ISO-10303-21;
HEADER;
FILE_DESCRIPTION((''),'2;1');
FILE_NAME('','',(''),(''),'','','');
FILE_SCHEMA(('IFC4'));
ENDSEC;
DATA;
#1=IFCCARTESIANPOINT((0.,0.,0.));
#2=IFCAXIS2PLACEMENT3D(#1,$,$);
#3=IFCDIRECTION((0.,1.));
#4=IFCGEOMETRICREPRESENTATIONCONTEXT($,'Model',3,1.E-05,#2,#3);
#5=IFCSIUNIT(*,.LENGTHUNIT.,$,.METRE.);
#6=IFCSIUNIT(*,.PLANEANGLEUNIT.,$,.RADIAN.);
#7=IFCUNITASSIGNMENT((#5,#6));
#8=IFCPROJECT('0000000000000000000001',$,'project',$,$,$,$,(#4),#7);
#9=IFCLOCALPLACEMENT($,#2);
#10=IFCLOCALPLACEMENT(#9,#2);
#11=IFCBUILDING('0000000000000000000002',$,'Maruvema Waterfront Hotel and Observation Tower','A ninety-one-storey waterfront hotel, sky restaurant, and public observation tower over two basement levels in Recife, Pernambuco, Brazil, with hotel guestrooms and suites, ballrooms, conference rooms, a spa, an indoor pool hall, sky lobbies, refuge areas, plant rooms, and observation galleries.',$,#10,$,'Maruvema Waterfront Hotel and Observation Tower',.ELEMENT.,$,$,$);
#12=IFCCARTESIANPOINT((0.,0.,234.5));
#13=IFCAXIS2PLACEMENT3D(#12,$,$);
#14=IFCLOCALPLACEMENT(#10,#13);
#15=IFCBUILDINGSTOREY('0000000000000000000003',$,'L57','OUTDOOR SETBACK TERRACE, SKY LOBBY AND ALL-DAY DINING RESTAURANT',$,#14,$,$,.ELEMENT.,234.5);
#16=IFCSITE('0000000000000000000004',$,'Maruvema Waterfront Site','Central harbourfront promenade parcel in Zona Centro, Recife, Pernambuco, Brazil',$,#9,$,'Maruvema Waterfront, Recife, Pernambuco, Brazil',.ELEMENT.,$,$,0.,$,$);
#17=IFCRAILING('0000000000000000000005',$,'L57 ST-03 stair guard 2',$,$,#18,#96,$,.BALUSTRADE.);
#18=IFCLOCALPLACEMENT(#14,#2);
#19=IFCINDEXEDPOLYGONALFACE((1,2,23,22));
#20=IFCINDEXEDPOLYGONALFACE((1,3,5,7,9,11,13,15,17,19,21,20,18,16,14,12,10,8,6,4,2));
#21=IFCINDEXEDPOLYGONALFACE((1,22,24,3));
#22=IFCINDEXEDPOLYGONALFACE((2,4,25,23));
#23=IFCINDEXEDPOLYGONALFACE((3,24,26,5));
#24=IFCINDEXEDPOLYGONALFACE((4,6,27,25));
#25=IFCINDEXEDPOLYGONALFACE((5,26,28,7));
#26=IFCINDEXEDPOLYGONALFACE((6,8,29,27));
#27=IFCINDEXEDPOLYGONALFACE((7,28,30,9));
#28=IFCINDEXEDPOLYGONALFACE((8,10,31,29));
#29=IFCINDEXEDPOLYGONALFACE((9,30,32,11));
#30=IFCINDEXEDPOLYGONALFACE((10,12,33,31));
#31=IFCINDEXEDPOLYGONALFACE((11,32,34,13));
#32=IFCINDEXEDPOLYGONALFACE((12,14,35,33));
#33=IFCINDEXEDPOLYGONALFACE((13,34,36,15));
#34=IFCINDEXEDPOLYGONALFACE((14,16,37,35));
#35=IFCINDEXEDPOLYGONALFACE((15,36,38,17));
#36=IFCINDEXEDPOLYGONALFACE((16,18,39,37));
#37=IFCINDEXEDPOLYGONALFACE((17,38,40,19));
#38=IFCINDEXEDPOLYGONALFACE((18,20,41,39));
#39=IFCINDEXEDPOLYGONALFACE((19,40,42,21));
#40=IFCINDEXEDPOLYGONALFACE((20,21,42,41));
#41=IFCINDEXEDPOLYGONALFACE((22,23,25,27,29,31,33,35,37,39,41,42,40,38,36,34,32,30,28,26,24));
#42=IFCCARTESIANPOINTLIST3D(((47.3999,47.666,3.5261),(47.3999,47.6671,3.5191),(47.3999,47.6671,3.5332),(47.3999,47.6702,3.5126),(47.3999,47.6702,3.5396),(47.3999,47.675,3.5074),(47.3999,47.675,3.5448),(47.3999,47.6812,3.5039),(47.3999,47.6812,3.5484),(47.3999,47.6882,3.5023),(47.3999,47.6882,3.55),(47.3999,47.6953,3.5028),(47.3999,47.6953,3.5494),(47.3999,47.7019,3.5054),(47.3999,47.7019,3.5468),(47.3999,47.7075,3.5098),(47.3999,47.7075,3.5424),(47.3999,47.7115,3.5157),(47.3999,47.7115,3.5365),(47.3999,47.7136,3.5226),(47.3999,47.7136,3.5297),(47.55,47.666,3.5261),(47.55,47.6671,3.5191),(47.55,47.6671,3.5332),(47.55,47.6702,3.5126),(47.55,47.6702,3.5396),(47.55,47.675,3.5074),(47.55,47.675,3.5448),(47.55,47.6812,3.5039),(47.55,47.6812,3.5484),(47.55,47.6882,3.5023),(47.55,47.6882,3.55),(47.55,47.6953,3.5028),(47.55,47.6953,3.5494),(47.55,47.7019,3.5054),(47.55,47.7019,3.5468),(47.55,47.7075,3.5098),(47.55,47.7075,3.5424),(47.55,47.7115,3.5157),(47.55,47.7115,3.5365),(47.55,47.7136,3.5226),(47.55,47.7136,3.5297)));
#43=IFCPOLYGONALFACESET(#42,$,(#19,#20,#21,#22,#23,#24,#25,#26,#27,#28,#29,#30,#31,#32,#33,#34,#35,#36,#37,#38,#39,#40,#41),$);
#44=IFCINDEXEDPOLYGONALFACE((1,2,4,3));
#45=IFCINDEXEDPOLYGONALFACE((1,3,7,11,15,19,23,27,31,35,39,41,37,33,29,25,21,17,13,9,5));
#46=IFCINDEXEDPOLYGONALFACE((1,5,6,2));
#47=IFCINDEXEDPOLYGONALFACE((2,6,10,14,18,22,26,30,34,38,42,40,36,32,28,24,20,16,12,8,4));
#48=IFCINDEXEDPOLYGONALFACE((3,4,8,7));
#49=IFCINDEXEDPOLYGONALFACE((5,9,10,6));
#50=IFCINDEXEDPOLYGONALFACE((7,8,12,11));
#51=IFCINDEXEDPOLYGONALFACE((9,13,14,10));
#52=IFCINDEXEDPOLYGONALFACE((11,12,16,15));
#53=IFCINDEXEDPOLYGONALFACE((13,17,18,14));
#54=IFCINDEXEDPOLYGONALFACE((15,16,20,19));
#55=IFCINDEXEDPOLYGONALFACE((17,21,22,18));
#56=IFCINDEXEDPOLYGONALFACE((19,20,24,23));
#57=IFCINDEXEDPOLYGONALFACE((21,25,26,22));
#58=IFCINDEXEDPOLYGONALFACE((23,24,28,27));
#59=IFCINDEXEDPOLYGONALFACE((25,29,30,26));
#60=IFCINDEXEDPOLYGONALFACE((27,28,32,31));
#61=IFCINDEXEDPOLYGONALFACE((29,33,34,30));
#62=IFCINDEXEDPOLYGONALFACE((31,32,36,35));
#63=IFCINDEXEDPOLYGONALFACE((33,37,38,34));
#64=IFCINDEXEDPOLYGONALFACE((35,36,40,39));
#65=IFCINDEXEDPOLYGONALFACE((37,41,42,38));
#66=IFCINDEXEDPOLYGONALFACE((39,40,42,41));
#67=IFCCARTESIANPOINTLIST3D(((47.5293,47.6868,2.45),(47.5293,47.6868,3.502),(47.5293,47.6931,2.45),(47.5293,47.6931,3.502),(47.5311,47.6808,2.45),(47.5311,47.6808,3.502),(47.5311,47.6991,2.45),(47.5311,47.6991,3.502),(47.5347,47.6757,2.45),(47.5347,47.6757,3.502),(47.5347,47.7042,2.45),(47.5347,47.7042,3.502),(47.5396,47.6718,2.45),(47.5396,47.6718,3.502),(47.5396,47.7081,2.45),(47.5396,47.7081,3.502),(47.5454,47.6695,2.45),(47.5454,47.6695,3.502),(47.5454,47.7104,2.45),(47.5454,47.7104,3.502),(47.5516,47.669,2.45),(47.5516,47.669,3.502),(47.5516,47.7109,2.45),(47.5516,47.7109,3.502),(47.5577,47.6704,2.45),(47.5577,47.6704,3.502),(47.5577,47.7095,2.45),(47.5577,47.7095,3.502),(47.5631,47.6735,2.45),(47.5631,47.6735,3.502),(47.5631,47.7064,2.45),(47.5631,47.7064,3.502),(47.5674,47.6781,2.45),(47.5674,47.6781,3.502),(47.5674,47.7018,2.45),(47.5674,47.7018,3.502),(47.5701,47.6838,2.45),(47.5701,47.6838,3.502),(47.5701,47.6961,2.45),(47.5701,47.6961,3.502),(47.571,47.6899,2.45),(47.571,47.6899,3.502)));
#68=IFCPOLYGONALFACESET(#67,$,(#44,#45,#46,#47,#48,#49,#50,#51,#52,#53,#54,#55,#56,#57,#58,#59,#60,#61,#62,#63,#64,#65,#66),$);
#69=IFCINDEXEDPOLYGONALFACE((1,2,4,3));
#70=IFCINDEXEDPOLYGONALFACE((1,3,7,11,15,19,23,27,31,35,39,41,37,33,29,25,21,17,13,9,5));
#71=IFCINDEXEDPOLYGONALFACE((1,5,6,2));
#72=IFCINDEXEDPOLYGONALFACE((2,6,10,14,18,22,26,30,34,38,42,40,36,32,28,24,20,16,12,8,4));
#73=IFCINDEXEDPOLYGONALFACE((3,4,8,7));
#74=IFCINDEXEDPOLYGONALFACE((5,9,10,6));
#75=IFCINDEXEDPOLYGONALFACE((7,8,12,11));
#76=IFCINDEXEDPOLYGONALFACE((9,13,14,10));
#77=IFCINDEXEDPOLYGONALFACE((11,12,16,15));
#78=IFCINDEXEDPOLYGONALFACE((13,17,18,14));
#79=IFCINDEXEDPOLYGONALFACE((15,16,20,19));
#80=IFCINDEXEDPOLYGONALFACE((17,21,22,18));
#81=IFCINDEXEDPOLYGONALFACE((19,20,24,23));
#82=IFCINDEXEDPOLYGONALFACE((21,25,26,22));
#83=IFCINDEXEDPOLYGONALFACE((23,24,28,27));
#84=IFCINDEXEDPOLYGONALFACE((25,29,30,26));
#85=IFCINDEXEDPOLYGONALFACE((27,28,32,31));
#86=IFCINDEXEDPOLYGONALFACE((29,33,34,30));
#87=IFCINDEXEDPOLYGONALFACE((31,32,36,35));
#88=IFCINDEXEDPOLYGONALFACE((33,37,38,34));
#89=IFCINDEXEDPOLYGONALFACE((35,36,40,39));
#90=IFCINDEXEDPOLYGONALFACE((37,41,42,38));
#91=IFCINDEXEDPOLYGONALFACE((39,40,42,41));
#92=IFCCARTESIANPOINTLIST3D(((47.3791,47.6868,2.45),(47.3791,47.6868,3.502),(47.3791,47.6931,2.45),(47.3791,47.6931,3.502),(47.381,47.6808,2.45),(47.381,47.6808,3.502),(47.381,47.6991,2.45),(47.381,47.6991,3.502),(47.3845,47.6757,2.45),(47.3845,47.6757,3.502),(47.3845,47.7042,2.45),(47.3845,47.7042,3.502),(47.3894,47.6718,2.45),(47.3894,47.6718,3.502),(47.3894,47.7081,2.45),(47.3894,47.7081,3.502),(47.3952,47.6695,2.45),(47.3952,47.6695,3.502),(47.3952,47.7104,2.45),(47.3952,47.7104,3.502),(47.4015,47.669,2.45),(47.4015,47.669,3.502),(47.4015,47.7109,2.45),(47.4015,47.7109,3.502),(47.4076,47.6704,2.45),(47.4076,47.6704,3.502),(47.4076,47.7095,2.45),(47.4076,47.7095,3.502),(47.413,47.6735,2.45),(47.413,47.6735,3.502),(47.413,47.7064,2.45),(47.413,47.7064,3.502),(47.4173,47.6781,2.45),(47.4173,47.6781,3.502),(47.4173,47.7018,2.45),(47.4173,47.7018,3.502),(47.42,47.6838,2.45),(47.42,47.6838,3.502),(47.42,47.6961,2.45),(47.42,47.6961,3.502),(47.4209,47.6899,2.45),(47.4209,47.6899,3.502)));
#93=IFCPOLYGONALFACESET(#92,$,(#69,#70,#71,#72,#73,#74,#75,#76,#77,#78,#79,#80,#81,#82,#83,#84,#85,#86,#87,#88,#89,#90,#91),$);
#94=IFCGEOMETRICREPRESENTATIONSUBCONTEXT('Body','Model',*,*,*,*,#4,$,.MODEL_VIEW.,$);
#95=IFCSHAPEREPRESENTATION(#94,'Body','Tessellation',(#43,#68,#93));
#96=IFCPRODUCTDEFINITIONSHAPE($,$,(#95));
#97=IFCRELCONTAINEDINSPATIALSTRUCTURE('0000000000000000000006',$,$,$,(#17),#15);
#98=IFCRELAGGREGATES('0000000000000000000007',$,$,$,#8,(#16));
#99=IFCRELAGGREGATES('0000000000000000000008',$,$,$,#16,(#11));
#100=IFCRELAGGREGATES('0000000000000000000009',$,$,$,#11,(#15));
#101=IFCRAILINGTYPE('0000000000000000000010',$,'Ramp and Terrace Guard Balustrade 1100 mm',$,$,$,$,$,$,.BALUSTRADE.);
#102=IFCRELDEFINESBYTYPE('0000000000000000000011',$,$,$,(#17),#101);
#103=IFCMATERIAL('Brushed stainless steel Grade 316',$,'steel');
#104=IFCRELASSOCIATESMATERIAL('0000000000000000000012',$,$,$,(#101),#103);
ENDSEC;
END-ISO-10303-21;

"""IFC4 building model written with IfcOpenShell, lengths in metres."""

from ifc_helpers import new_model, si_unit, direction, frame, origin, origin_2d, place, context, subcontext, project, spatial, circle, extrude, material, type_object, element, save


model = new_model("IFC4")

# Units and contexts
model_context = context("Model", 3, precision=1e-05, world=origin(), true_north=direction((0.0, 1.0)))
body_context = subcontext(model_context, "Body", "Model", "MODEL_VIEW")
ifc_project = project(units=[si_unit("LENGTHUNIT", "METRE"), si_unit("PLANEANGLEUNIT", "RADIAN")], contexts=[model_context])

# Site, building, storey
site_placement = place(None, origin())
site = spatial("IfcSite", under=ifc_project, at=site_placement, Name="Maruvema Waterfront Site", Description="Central harbourfront promenade parcel in Zona Centro, Recife, Pernambuco, Brazil", LongName="Maruvema Waterfront, Recife, Pernambuco, Brazil", CompositionType="ELEMENT", RefElevation=0.0)
building_placement = place(site_placement, origin())
building = spatial("IfcBuilding", under=site, at=building_placement, Name="Maruvema Waterfront Hotel and Observation Tower", Description="A ninety-one-storey waterfront hotel, sky restaurant, and public observation tower over two basement levels in Recife, Pernambuco, Brazil, with hotel guestrooms and suites, ballrooms, conference rooms, a spa, an indoor pool hall, sky lobbies, refuge areas, plant rooms, and observation galleries.", LongName="Maruvema Waterfront Hotel and Observation Tower", CompositionType="ELEMENT")
storey_placement = place(building_placement, frame((0.0, 0.0, 234.5)))
storey = spatial("IfcBuildingStorey", under=building, at=storey_placement, Name="L57", Description="OUTDOOR SETBACK TERRACE, SKY LOBBY AND ALL-DAY DINING RESTAURANT", CompositionType="ELEMENT", Elevation=234.5)

# Railing
ifc_material_1 = material(Name="Brushed stainless steel Grade 316", Category="steel")
railing_type_1 = type_object("IfcRailingType", Name="Ramp and Terrace Guard Balustrade 1100 mm", PredefinedType="BALUSTRADE", material=ifc_material_1)
railing_1_placement = place(storey_placement, frame((47.55, 47.6899, 2.45)))
element("IfcRailing", 1, at=railing_1_placement, inside=storey, type_object=railing_type_1, Name="L57 ST-03 stair guard 2", PredefinedType="BALUSTRADE", context=body_context, shape_type="SweptSolid", body=[
    extrude(circle(Radius=0.0239, at=origin_2d()), frame((0.0, 0.0, 1.0762), z_axis=(-1.0, 0.0, 0.0), x_axis=(0.0, -1.0, 0.0)), (0.0, 0.0, 1.0), 0.1501),
    extrude(circle(Radius=0.021, at=origin_2d()), origin(), (0.0, 0.0, 1.0), 1.052),
    extrude(circle(Radius=0.021, at=origin_2d()), frame((-0.1501, 0.0, 0.0)), (0.0, 0.0, 1.0), 1.052),
])

save(model, "model.ifc")
